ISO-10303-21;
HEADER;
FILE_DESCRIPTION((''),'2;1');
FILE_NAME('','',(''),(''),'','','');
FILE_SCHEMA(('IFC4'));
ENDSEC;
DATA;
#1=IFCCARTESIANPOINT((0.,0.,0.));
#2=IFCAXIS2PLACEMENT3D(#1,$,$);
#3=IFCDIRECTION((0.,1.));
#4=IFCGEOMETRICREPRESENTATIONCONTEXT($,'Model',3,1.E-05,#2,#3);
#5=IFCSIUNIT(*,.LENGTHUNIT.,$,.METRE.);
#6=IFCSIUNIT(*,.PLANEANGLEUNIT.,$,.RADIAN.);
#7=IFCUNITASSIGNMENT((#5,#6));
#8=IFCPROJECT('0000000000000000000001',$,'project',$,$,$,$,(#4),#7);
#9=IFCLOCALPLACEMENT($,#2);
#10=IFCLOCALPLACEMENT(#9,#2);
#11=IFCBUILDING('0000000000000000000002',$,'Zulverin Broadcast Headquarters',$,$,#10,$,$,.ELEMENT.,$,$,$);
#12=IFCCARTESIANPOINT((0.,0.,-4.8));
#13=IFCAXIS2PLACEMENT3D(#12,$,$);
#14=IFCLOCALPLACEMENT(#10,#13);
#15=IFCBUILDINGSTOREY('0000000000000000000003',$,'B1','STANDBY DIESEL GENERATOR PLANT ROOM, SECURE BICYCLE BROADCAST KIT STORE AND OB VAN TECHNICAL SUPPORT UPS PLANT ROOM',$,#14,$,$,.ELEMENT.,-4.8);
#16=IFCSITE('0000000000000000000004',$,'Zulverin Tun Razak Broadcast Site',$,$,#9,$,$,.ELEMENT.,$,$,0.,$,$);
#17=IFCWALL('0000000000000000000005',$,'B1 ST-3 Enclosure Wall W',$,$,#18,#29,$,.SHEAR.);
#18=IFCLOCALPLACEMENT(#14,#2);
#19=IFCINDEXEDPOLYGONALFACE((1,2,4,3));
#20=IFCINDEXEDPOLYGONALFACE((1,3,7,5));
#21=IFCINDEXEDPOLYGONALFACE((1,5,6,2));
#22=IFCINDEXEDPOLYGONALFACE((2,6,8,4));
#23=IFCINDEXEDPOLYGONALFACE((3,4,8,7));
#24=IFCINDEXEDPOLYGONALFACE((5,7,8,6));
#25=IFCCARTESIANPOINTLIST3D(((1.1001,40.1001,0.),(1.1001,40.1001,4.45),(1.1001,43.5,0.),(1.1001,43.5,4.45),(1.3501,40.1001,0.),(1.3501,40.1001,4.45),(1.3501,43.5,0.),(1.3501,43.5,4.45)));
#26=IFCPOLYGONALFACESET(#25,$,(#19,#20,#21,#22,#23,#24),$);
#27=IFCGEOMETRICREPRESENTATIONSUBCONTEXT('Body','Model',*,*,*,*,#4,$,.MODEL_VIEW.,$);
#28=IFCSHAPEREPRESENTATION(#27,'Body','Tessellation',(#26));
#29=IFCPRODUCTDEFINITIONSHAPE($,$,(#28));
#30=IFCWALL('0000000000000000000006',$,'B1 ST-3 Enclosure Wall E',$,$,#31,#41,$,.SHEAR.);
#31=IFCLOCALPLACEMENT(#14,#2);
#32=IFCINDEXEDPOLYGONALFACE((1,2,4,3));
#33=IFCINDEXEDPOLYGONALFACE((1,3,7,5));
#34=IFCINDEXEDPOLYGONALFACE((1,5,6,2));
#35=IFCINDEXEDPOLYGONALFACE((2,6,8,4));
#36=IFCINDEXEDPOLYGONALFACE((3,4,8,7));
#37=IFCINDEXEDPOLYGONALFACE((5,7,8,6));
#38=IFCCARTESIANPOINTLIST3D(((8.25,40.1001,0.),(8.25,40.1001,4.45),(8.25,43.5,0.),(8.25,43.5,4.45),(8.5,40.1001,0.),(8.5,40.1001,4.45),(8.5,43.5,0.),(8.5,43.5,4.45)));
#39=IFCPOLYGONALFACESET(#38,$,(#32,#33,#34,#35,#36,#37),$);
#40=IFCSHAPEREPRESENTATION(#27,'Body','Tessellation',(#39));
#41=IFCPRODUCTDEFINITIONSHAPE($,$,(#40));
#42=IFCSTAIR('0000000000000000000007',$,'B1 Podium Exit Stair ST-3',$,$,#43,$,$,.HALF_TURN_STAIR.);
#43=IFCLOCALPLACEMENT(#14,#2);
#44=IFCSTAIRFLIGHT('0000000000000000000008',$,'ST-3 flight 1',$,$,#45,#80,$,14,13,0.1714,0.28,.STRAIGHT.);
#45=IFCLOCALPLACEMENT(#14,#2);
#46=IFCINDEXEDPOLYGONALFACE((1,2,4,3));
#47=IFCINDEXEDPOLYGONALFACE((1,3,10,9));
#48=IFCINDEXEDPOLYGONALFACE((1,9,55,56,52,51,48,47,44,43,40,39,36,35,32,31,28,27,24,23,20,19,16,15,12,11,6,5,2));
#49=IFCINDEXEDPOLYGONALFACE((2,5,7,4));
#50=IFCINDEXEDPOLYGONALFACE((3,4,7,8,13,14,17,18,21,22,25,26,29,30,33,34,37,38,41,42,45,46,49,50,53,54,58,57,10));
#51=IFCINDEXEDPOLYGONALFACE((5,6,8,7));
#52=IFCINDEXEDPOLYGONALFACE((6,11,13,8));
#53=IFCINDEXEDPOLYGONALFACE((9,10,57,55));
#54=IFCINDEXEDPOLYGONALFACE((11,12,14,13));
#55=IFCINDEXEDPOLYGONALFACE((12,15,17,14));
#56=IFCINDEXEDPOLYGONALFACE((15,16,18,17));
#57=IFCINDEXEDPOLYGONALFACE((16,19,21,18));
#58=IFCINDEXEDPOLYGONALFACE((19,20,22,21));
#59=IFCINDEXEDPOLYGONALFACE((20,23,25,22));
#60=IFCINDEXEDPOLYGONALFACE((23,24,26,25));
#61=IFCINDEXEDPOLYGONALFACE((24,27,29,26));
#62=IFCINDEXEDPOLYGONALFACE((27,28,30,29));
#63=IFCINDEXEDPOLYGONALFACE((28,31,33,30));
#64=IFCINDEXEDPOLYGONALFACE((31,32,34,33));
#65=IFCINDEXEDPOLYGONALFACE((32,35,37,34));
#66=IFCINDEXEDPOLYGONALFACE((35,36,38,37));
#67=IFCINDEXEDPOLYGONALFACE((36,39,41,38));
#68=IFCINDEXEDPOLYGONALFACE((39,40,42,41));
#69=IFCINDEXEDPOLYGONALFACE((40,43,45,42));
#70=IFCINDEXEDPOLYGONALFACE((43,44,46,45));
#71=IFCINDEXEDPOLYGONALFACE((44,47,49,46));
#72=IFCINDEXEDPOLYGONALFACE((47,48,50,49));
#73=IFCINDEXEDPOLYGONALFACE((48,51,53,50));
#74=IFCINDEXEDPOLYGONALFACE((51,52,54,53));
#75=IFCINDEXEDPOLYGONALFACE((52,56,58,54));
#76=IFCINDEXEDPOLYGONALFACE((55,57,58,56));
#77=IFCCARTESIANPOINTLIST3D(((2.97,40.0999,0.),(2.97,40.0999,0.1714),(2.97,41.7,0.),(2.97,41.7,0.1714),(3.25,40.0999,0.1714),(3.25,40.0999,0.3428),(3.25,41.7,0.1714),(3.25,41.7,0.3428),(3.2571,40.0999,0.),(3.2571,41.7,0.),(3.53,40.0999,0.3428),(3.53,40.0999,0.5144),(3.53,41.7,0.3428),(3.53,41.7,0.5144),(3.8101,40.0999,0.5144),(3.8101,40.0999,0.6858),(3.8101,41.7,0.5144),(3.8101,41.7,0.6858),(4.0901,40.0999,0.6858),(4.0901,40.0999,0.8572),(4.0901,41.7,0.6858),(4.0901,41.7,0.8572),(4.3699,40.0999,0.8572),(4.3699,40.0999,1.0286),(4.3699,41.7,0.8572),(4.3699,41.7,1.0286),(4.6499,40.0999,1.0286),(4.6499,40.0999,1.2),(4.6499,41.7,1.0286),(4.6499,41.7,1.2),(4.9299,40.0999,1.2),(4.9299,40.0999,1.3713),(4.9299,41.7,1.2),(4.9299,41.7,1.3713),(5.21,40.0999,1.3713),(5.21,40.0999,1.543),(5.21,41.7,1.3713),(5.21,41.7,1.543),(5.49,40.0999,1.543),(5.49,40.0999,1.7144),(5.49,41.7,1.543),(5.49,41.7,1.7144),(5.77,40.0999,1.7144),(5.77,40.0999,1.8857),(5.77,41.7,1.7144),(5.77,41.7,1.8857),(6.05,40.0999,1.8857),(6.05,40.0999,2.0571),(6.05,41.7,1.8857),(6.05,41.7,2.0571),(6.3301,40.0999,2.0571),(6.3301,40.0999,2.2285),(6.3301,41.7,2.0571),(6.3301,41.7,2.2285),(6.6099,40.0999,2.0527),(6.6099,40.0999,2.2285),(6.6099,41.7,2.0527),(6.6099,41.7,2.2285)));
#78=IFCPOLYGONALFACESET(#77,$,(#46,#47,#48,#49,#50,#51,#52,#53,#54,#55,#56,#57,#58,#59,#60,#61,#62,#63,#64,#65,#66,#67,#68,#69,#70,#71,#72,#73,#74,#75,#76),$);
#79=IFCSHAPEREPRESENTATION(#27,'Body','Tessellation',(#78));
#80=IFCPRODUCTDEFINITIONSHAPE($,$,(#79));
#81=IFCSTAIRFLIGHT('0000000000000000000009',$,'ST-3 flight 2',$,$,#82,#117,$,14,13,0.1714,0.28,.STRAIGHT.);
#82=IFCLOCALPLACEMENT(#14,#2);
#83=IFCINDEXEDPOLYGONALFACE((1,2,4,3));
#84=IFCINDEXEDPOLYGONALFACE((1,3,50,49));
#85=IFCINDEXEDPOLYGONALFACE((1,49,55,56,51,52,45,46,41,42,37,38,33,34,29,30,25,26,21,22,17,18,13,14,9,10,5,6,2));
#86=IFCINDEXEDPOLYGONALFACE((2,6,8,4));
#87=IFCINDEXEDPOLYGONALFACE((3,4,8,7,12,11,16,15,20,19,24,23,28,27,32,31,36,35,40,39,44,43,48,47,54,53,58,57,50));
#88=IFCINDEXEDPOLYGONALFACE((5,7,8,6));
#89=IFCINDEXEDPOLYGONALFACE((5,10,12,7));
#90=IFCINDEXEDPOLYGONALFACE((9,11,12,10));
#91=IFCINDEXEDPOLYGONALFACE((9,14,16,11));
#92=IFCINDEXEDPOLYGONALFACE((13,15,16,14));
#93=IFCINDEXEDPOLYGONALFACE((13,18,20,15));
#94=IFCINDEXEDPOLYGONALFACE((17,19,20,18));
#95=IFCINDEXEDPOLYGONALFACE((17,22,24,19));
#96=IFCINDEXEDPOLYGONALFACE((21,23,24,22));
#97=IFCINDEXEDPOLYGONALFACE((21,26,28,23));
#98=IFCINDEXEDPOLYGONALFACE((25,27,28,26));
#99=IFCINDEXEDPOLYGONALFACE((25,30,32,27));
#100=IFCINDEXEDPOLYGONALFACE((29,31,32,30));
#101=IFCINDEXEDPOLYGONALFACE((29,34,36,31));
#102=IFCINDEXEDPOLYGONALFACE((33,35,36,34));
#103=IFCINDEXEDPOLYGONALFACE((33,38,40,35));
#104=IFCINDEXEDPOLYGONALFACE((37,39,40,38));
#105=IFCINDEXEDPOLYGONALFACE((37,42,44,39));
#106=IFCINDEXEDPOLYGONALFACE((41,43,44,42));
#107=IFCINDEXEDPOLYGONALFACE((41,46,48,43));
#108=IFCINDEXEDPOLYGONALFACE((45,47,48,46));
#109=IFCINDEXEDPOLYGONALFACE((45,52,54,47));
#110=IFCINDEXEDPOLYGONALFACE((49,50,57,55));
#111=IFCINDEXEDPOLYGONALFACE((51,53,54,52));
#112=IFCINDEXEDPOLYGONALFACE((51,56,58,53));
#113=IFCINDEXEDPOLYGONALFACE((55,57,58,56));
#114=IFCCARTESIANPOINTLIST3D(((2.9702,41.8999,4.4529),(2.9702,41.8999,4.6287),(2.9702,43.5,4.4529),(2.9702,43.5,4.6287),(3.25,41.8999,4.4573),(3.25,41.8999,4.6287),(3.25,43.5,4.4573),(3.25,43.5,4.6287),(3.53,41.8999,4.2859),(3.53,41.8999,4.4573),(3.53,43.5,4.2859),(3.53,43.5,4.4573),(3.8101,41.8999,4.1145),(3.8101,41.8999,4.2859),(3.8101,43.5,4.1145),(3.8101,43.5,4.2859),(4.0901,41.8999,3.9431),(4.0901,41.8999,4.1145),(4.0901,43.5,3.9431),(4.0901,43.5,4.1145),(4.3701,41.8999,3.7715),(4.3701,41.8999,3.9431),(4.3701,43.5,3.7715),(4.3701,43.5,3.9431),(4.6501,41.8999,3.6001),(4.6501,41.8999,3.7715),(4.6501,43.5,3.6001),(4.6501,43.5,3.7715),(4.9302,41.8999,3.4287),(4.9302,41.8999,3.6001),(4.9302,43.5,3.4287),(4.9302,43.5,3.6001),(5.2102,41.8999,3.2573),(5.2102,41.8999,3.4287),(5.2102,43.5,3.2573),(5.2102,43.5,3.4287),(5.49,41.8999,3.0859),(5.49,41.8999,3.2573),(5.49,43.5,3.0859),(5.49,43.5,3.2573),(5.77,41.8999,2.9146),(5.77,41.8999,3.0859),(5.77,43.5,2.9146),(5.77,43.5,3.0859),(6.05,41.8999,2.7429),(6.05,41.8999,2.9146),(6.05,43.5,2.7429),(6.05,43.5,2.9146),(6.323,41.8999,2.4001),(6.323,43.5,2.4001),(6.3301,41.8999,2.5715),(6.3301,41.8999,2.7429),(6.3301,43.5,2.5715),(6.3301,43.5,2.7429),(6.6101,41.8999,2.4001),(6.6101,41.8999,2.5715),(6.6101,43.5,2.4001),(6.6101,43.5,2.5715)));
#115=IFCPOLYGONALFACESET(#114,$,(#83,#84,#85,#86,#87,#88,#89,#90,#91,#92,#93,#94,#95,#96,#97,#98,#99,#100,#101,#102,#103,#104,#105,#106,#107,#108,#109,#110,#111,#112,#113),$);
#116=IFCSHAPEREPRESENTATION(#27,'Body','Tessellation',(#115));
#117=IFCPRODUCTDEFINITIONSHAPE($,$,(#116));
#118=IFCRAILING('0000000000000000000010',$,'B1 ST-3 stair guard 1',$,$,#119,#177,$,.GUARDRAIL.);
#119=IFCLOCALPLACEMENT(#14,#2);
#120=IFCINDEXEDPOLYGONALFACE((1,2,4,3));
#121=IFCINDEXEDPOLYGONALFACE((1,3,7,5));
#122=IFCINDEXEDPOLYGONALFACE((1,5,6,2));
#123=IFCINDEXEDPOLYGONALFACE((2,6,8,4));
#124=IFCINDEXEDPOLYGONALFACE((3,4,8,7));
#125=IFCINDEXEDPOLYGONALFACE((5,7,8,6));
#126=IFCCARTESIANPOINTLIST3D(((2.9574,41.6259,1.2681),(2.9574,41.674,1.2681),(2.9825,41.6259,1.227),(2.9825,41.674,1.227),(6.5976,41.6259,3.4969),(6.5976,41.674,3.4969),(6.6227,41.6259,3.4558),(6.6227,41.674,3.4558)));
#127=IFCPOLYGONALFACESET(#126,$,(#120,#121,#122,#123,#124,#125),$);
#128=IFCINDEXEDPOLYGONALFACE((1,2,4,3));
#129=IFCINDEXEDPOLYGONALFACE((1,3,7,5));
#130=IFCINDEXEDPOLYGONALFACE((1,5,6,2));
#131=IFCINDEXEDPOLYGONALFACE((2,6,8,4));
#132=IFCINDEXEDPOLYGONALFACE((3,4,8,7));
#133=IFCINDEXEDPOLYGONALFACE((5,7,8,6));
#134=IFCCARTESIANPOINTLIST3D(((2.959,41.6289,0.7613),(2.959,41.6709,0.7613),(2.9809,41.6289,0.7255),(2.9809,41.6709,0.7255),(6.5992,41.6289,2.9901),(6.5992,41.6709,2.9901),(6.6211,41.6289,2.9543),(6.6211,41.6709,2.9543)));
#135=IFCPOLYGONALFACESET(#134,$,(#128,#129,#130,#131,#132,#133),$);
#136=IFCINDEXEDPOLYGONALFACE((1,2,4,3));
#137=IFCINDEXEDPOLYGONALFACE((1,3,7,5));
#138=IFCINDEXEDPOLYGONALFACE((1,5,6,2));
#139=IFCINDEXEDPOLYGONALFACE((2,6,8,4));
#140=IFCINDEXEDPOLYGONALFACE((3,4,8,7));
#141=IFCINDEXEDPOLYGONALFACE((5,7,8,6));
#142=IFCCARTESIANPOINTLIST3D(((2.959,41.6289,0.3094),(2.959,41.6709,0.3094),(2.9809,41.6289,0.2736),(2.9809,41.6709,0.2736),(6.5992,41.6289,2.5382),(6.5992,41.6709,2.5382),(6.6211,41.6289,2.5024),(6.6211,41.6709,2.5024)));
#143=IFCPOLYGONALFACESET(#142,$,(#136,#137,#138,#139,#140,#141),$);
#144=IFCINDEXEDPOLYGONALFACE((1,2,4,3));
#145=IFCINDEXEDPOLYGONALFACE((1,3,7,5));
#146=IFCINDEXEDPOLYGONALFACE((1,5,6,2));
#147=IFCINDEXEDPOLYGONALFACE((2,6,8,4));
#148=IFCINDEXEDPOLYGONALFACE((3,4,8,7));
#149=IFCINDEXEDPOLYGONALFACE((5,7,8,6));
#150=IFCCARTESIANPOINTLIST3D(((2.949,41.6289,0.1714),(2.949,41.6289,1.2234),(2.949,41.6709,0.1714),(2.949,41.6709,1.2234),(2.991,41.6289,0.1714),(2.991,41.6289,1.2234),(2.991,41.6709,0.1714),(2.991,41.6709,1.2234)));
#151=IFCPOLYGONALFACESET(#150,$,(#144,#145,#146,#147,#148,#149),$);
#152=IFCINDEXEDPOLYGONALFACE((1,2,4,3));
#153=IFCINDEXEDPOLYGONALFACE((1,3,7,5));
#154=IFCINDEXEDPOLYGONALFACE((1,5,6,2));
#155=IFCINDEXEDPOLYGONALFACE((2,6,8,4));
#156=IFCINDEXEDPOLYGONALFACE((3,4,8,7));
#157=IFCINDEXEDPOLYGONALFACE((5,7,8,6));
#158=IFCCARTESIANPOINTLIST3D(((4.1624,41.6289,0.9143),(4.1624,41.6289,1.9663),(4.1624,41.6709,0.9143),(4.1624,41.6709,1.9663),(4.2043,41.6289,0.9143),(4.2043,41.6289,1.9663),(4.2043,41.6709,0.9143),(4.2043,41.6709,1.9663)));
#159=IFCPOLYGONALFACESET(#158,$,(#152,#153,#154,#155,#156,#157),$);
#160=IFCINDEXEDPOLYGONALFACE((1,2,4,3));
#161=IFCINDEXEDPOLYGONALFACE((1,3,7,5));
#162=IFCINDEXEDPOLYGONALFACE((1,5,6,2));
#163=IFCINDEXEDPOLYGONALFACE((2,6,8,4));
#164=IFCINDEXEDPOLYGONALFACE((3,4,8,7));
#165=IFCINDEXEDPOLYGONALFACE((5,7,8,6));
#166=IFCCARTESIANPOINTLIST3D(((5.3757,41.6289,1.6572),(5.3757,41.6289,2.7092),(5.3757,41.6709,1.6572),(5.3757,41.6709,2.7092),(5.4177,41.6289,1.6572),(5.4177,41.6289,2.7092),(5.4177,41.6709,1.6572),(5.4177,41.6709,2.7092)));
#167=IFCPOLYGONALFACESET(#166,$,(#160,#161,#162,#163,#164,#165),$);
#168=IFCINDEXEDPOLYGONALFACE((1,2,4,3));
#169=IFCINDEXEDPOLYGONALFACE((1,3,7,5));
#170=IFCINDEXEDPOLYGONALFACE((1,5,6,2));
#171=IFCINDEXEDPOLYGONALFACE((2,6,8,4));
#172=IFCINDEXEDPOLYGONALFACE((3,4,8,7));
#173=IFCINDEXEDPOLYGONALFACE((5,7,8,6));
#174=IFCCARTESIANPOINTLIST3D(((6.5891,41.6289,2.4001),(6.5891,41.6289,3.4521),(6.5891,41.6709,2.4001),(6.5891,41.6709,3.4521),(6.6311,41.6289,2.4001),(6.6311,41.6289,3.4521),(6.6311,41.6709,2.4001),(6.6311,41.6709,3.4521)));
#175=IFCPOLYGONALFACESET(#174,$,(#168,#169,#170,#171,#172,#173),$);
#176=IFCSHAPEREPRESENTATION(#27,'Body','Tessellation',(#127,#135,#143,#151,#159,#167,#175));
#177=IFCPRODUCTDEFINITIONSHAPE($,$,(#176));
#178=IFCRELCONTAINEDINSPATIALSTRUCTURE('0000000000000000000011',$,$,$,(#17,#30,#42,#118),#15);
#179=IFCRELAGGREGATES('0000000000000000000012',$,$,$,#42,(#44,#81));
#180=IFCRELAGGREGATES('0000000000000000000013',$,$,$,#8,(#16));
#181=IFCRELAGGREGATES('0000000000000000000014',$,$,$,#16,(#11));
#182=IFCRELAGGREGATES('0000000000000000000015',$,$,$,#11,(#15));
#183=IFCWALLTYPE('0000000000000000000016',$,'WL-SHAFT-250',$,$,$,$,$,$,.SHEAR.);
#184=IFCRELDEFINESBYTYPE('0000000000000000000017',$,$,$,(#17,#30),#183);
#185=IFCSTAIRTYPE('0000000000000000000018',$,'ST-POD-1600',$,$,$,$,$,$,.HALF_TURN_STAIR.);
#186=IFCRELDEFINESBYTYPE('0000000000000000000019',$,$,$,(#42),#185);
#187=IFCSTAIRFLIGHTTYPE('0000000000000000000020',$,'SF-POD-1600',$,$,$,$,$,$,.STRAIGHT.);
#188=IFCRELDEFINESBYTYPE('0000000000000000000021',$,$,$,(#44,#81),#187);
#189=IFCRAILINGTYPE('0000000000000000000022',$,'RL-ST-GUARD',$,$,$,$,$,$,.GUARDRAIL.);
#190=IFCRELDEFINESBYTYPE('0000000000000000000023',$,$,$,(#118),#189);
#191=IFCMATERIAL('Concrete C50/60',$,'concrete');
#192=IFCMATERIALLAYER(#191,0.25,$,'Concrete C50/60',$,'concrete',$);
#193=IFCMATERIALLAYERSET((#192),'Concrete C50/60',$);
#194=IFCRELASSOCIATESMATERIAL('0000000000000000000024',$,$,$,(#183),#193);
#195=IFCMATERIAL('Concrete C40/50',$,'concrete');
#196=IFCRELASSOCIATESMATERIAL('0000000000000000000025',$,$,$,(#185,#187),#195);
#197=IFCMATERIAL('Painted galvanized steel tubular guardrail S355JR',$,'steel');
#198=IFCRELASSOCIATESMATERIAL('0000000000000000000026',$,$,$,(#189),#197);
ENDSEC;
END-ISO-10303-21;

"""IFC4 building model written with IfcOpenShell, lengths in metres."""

from ifc_helpers import new_model, si_unit, direction, frame, frame_2d, origin, origin_2d, place, context, subcontext, project, spatial, polyline, rectangle, outline, extrude, material, layer, layer_set, type_object, element, aggregate, save


model = new_model("IFC4")

# Units and contexts
model_context = context("Model", 3, precision=1e-05, world=origin(), true_north=direction((0.0, 1.0)))
body_context = subcontext(model_context, "Body", "Model", "MODEL_VIEW")
ifc_project = project(units=[si_unit("LENGTHUNIT", "METRE"), si_unit("PLANEANGLEUNIT", "RADIAN")], contexts=[model_context])

# Site, building, storey
site_placement = place(None, origin())
site = spatial("IfcSite", under=ifc_project, at=site_placement, Name="Zulverin Tun Razak Broadcast Site", CompositionType="ELEMENT", RefElevation=0.0)
building_placement = place(site_placement, origin())
building = spatial("IfcBuilding", under=site, at=building_placement, Name="Zulverin Broadcast Headquarters", CompositionType="ELEMENT")
storey_placement = place(building_placement, frame((0.0, 0.0, -4.8)))
storey = spatial("IfcBuildingStorey", under=building, at=storey_placement, Name="B1", Description="STANDBY DIESEL GENERATOR PLANT ROOM, SECURE BICYCLE BROADCAST KIT STORE AND OB VAN TECHNICAL SUPPORT UPS PLANT ROOM", CompositionType="ELEMENT", Elevation=-4.8)

# Shared definitions
ifc_material_1 = material(Name="Concrete C40/50", Category="concrete")

# Shared definitions
ifc_material_2 = material(Name="Concrete C50/60", Category="concrete")
ifc_layer_1 = layer(ifc_material_2, 0.25, Name="Concrete C50/60", Category="concrete")
ifc_layer_set_1 = layer_set([ifc_layer_1], Name="Concrete C50/60")
wall_type_1 = type_object("IfcWallType", Name="WL-SHAFT-250", PredefinedType="SHEAR", material=ifc_layer_set_1)

# Walls
for number, where, z_axis, x_axis, name in (
    (1, (1.2251, 40.1001, 0.0), (0.0, 0.0, 1.0), (0.0, 1.0, 0.0), "B1 ST-3 Enclosure Wall W"),
    (2, (8.375, 40.1001, 0.0), (0.0, 0.0, 1.0), (0.0, 1.0, 0.0), "B1 ST-3 Enclosure Wall E"),
):
    element("IfcWall", number, at=place(storey_placement, frame(where, z_axis=z_axis, x_axis=x_axis)), inside=storey, type_object=wall_type_1, Name=name, PredefinedType="SHEAR", context=body_context, shape_type="SweptSolid", body=[
        extrude(rectangle(XDim=3.3999, YDim=0.25, at=frame_2d((1.7, 0.0))), origin(), (0.0, 0.0, 1.0), 4.45),
    ])

# Stair, stair flights
stair_type = type_object("IfcStairType", Name="ST-POD-1600", PredefinedType="HALF_TURN_STAIR", material=ifc_material_1)
stair_placement = place(storey_placement, origin())
stair = element("IfcStair", 3, at=stair_placement, inside=storey, type_object=stair_type, Name="B1 Podium Exit Stair ST-3", PredefinedType="HALF_TURN_STAIR")
stair_flight_type = type_object("IfcStairFlightType", Name="SF-POD-1600", PredefinedType="STRAIGHT", material=ifc_material_1)
stair_flight_1_placement = place(storey_placement, frame((2.97, 40.8999, 0.0), z_axis=(0.0, 0.0, 1.0), x_axis=(1.0, 0.0, 0.0)))
stair_flight_1 = element("IfcStairFlight", 4, at=stair_flight_1_placement, type_object=stair_flight_type, Name="ST-3 flight 1", NumberOfRisers=14, NumberOfTreads=13, PredefinedType="STRAIGHT", RiserHeight=0.1714, TreadLength=0.28, context=body_context, shape_type="SweptSolid", body=[
    extrude(outline(polyline([(0.0, 0.0), (0.0, 0.1714), (0.28, 0.1714), (0.28, 0.3428), (0.5601, 0.3428), (0.5601, 0.5144), (0.8401, 0.5144), (0.8401, 0.6858), (1.1201, 0.6858), (1.1201, 0.8572), (1.3999, 0.8572), (1.3999, 1.0286), (1.6799, 1.0286), (1.6799, 1.2), (1.96, 1.2), (1.96, 1.3713), (2.24, 1.3713), (2.24, 1.543), (2.52, 1.543), (2.52, 1.7144), (2.8, 1.7144), (2.8, 1.8857), (3.0801, 1.8857), (3.0801, 2.0571), (3.3601, 2.0571), (3.3601, 2.2285), (3.6399, 2.2285), (3.6399, 2.3999), (3.6399, 2.0527), (0.2871, 0.0), (0.0, 0.0)])), frame((0.0, 0.8, 0.0), z_axis=(0.0, -1.0, 0.0), x_axis=(1.0, 0.0, 0.0)), (0.0, 0.0, 1.0), 1.6001),
])
stair_flight_2_placement = place(storey_placement, frame((6.6101, 42.7, 2.4001), z_axis=(0.0, 0.0, 1.0), x_axis=(-1.0, 0.0, 0.0)))
stair_flight_2 = element("IfcStairFlight", 5, at=stair_flight_2_placement, type_object=stair_flight_type, Name="ST-3 flight 2", NumberOfRisers=14, NumberOfTreads=13, PredefinedType="STRAIGHT", RiserHeight=0.1714, TreadLength=0.28, context=body_context, shape_type="SweptSolid", body=[
    extrude(outline(polyline([(0.0, 0.0), (0.0, 0.1714), (0.28, 0.1714), (0.28, 0.3428), (0.5601, 0.3428), (0.5601, 0.5144), (0.8401, 0.5144), (0.8401, 0.6858), (1.1201, 0.6858), (1.1201, 0.8572), (1.3999, 0.8572), (1.3999, 1.0286), (1.6799, 1.0286), (1.6799, 1.2), (1.96, 1.2), (1.96, 1.3713), (2.24, 1.3713), (2.24, 1.543), (2.52, 1.543), (2.52, 1.7144), (2.8, 1.7144), (2.8, 1.8857), (3.0801, 1.8857), (3.0801, 2.0571), (3.3601, 2.0571), (3.3601, 2.2285), (3.6399, 2.2285), (3.6399, 2.3999), (3.6399, 2.0527), (0.2871, 0.0), (0.0, 0.0)])), frame((0.0, 0.8, 0.0), z_axis=(0.0, -1.0, 0.0), x_axis=(1.0, 0.0, 0.0)), (0.0, 0.0, 1.0), 1.6001),
])
aggregate(stair, [stair_flight_1, stair_flight_2])

# Railing
ifc_material_3 = material(Name="Painted galvanized steel tubular guardrail S355JR", Category="steel")
railing_type_1 = type_object("IfcRailingType", Name="RL-ST-GUARD", PredefinedType="GUARDRAIL", material=ifc_material_3)
railing_1_placement = place(storey_placement, frame((2.97, 41.6499, 0.1714)))
element("IfcRailing", 6, at=railing_1_placement, inside=storey, type_object=railing_type_1, Name="B1 ST-3 stair guard 1", PredefinedType="GUARDRAIL", context=body_context, shape_type="SweptSolid", body=[
    extrude(rectangle(XDim=0.0481, YDim=0.0481, at=origin_2d()), frame((0.0, 0.0, 1.0762), z_axis=(0.85284, 0.0, 0.522172), x_axis=(0.0, 1.0, 0.0)), (0.0, 0.0, 1.0), 4.2683),
    extrude(rectangle(XDim=0.042, YDim=0.042, at=origin_2d()), frame((0.0, 0.0, 0.572), z_axis=(0.85284, 0.0, 0.522172), x_axis=(0.0, 1.0, 0.0)), (0.0, 0.0, 1.0), 4.2683),
    extrude(rectangle(XDim=0.042, YDim=0.042, at=origin_2d()), frame((0.0, 0.0, 0.1201), z_axis=(0.85284, 0.0, 0.522172), x_axis=(0.0, 1.0, 0.0)), (0.0, 0.0, 1.0), 4.2683),
    extrude(rectangle(XDim=0.042, YDim=0.042, at=origin_2d()), origin(), (0.0, 0.0, 1.0), 1.052),
    extrude(rectangle(XDim=0.042, YDim=0.042, at=origin_2d()), frame((1.2134, 0.0, 0.7429)), (0.0, 0.0, 1.0), 1.052),
    extrude(rectangle(XDim=0.042, YDim=0.042, at=origin_2d()), frame((2.4268, 0.0, 1.4858)), (0.0, 0.0, 1.0), 1.052),
    extrude(rectangle(XDim=0.042, YDim=0.042, at=origin_2d()), frame((3.6401, 0.0, 2.2288)), (0.0, 0.0, 1.0), 1.052),
])

save(model, "model.ifc")
